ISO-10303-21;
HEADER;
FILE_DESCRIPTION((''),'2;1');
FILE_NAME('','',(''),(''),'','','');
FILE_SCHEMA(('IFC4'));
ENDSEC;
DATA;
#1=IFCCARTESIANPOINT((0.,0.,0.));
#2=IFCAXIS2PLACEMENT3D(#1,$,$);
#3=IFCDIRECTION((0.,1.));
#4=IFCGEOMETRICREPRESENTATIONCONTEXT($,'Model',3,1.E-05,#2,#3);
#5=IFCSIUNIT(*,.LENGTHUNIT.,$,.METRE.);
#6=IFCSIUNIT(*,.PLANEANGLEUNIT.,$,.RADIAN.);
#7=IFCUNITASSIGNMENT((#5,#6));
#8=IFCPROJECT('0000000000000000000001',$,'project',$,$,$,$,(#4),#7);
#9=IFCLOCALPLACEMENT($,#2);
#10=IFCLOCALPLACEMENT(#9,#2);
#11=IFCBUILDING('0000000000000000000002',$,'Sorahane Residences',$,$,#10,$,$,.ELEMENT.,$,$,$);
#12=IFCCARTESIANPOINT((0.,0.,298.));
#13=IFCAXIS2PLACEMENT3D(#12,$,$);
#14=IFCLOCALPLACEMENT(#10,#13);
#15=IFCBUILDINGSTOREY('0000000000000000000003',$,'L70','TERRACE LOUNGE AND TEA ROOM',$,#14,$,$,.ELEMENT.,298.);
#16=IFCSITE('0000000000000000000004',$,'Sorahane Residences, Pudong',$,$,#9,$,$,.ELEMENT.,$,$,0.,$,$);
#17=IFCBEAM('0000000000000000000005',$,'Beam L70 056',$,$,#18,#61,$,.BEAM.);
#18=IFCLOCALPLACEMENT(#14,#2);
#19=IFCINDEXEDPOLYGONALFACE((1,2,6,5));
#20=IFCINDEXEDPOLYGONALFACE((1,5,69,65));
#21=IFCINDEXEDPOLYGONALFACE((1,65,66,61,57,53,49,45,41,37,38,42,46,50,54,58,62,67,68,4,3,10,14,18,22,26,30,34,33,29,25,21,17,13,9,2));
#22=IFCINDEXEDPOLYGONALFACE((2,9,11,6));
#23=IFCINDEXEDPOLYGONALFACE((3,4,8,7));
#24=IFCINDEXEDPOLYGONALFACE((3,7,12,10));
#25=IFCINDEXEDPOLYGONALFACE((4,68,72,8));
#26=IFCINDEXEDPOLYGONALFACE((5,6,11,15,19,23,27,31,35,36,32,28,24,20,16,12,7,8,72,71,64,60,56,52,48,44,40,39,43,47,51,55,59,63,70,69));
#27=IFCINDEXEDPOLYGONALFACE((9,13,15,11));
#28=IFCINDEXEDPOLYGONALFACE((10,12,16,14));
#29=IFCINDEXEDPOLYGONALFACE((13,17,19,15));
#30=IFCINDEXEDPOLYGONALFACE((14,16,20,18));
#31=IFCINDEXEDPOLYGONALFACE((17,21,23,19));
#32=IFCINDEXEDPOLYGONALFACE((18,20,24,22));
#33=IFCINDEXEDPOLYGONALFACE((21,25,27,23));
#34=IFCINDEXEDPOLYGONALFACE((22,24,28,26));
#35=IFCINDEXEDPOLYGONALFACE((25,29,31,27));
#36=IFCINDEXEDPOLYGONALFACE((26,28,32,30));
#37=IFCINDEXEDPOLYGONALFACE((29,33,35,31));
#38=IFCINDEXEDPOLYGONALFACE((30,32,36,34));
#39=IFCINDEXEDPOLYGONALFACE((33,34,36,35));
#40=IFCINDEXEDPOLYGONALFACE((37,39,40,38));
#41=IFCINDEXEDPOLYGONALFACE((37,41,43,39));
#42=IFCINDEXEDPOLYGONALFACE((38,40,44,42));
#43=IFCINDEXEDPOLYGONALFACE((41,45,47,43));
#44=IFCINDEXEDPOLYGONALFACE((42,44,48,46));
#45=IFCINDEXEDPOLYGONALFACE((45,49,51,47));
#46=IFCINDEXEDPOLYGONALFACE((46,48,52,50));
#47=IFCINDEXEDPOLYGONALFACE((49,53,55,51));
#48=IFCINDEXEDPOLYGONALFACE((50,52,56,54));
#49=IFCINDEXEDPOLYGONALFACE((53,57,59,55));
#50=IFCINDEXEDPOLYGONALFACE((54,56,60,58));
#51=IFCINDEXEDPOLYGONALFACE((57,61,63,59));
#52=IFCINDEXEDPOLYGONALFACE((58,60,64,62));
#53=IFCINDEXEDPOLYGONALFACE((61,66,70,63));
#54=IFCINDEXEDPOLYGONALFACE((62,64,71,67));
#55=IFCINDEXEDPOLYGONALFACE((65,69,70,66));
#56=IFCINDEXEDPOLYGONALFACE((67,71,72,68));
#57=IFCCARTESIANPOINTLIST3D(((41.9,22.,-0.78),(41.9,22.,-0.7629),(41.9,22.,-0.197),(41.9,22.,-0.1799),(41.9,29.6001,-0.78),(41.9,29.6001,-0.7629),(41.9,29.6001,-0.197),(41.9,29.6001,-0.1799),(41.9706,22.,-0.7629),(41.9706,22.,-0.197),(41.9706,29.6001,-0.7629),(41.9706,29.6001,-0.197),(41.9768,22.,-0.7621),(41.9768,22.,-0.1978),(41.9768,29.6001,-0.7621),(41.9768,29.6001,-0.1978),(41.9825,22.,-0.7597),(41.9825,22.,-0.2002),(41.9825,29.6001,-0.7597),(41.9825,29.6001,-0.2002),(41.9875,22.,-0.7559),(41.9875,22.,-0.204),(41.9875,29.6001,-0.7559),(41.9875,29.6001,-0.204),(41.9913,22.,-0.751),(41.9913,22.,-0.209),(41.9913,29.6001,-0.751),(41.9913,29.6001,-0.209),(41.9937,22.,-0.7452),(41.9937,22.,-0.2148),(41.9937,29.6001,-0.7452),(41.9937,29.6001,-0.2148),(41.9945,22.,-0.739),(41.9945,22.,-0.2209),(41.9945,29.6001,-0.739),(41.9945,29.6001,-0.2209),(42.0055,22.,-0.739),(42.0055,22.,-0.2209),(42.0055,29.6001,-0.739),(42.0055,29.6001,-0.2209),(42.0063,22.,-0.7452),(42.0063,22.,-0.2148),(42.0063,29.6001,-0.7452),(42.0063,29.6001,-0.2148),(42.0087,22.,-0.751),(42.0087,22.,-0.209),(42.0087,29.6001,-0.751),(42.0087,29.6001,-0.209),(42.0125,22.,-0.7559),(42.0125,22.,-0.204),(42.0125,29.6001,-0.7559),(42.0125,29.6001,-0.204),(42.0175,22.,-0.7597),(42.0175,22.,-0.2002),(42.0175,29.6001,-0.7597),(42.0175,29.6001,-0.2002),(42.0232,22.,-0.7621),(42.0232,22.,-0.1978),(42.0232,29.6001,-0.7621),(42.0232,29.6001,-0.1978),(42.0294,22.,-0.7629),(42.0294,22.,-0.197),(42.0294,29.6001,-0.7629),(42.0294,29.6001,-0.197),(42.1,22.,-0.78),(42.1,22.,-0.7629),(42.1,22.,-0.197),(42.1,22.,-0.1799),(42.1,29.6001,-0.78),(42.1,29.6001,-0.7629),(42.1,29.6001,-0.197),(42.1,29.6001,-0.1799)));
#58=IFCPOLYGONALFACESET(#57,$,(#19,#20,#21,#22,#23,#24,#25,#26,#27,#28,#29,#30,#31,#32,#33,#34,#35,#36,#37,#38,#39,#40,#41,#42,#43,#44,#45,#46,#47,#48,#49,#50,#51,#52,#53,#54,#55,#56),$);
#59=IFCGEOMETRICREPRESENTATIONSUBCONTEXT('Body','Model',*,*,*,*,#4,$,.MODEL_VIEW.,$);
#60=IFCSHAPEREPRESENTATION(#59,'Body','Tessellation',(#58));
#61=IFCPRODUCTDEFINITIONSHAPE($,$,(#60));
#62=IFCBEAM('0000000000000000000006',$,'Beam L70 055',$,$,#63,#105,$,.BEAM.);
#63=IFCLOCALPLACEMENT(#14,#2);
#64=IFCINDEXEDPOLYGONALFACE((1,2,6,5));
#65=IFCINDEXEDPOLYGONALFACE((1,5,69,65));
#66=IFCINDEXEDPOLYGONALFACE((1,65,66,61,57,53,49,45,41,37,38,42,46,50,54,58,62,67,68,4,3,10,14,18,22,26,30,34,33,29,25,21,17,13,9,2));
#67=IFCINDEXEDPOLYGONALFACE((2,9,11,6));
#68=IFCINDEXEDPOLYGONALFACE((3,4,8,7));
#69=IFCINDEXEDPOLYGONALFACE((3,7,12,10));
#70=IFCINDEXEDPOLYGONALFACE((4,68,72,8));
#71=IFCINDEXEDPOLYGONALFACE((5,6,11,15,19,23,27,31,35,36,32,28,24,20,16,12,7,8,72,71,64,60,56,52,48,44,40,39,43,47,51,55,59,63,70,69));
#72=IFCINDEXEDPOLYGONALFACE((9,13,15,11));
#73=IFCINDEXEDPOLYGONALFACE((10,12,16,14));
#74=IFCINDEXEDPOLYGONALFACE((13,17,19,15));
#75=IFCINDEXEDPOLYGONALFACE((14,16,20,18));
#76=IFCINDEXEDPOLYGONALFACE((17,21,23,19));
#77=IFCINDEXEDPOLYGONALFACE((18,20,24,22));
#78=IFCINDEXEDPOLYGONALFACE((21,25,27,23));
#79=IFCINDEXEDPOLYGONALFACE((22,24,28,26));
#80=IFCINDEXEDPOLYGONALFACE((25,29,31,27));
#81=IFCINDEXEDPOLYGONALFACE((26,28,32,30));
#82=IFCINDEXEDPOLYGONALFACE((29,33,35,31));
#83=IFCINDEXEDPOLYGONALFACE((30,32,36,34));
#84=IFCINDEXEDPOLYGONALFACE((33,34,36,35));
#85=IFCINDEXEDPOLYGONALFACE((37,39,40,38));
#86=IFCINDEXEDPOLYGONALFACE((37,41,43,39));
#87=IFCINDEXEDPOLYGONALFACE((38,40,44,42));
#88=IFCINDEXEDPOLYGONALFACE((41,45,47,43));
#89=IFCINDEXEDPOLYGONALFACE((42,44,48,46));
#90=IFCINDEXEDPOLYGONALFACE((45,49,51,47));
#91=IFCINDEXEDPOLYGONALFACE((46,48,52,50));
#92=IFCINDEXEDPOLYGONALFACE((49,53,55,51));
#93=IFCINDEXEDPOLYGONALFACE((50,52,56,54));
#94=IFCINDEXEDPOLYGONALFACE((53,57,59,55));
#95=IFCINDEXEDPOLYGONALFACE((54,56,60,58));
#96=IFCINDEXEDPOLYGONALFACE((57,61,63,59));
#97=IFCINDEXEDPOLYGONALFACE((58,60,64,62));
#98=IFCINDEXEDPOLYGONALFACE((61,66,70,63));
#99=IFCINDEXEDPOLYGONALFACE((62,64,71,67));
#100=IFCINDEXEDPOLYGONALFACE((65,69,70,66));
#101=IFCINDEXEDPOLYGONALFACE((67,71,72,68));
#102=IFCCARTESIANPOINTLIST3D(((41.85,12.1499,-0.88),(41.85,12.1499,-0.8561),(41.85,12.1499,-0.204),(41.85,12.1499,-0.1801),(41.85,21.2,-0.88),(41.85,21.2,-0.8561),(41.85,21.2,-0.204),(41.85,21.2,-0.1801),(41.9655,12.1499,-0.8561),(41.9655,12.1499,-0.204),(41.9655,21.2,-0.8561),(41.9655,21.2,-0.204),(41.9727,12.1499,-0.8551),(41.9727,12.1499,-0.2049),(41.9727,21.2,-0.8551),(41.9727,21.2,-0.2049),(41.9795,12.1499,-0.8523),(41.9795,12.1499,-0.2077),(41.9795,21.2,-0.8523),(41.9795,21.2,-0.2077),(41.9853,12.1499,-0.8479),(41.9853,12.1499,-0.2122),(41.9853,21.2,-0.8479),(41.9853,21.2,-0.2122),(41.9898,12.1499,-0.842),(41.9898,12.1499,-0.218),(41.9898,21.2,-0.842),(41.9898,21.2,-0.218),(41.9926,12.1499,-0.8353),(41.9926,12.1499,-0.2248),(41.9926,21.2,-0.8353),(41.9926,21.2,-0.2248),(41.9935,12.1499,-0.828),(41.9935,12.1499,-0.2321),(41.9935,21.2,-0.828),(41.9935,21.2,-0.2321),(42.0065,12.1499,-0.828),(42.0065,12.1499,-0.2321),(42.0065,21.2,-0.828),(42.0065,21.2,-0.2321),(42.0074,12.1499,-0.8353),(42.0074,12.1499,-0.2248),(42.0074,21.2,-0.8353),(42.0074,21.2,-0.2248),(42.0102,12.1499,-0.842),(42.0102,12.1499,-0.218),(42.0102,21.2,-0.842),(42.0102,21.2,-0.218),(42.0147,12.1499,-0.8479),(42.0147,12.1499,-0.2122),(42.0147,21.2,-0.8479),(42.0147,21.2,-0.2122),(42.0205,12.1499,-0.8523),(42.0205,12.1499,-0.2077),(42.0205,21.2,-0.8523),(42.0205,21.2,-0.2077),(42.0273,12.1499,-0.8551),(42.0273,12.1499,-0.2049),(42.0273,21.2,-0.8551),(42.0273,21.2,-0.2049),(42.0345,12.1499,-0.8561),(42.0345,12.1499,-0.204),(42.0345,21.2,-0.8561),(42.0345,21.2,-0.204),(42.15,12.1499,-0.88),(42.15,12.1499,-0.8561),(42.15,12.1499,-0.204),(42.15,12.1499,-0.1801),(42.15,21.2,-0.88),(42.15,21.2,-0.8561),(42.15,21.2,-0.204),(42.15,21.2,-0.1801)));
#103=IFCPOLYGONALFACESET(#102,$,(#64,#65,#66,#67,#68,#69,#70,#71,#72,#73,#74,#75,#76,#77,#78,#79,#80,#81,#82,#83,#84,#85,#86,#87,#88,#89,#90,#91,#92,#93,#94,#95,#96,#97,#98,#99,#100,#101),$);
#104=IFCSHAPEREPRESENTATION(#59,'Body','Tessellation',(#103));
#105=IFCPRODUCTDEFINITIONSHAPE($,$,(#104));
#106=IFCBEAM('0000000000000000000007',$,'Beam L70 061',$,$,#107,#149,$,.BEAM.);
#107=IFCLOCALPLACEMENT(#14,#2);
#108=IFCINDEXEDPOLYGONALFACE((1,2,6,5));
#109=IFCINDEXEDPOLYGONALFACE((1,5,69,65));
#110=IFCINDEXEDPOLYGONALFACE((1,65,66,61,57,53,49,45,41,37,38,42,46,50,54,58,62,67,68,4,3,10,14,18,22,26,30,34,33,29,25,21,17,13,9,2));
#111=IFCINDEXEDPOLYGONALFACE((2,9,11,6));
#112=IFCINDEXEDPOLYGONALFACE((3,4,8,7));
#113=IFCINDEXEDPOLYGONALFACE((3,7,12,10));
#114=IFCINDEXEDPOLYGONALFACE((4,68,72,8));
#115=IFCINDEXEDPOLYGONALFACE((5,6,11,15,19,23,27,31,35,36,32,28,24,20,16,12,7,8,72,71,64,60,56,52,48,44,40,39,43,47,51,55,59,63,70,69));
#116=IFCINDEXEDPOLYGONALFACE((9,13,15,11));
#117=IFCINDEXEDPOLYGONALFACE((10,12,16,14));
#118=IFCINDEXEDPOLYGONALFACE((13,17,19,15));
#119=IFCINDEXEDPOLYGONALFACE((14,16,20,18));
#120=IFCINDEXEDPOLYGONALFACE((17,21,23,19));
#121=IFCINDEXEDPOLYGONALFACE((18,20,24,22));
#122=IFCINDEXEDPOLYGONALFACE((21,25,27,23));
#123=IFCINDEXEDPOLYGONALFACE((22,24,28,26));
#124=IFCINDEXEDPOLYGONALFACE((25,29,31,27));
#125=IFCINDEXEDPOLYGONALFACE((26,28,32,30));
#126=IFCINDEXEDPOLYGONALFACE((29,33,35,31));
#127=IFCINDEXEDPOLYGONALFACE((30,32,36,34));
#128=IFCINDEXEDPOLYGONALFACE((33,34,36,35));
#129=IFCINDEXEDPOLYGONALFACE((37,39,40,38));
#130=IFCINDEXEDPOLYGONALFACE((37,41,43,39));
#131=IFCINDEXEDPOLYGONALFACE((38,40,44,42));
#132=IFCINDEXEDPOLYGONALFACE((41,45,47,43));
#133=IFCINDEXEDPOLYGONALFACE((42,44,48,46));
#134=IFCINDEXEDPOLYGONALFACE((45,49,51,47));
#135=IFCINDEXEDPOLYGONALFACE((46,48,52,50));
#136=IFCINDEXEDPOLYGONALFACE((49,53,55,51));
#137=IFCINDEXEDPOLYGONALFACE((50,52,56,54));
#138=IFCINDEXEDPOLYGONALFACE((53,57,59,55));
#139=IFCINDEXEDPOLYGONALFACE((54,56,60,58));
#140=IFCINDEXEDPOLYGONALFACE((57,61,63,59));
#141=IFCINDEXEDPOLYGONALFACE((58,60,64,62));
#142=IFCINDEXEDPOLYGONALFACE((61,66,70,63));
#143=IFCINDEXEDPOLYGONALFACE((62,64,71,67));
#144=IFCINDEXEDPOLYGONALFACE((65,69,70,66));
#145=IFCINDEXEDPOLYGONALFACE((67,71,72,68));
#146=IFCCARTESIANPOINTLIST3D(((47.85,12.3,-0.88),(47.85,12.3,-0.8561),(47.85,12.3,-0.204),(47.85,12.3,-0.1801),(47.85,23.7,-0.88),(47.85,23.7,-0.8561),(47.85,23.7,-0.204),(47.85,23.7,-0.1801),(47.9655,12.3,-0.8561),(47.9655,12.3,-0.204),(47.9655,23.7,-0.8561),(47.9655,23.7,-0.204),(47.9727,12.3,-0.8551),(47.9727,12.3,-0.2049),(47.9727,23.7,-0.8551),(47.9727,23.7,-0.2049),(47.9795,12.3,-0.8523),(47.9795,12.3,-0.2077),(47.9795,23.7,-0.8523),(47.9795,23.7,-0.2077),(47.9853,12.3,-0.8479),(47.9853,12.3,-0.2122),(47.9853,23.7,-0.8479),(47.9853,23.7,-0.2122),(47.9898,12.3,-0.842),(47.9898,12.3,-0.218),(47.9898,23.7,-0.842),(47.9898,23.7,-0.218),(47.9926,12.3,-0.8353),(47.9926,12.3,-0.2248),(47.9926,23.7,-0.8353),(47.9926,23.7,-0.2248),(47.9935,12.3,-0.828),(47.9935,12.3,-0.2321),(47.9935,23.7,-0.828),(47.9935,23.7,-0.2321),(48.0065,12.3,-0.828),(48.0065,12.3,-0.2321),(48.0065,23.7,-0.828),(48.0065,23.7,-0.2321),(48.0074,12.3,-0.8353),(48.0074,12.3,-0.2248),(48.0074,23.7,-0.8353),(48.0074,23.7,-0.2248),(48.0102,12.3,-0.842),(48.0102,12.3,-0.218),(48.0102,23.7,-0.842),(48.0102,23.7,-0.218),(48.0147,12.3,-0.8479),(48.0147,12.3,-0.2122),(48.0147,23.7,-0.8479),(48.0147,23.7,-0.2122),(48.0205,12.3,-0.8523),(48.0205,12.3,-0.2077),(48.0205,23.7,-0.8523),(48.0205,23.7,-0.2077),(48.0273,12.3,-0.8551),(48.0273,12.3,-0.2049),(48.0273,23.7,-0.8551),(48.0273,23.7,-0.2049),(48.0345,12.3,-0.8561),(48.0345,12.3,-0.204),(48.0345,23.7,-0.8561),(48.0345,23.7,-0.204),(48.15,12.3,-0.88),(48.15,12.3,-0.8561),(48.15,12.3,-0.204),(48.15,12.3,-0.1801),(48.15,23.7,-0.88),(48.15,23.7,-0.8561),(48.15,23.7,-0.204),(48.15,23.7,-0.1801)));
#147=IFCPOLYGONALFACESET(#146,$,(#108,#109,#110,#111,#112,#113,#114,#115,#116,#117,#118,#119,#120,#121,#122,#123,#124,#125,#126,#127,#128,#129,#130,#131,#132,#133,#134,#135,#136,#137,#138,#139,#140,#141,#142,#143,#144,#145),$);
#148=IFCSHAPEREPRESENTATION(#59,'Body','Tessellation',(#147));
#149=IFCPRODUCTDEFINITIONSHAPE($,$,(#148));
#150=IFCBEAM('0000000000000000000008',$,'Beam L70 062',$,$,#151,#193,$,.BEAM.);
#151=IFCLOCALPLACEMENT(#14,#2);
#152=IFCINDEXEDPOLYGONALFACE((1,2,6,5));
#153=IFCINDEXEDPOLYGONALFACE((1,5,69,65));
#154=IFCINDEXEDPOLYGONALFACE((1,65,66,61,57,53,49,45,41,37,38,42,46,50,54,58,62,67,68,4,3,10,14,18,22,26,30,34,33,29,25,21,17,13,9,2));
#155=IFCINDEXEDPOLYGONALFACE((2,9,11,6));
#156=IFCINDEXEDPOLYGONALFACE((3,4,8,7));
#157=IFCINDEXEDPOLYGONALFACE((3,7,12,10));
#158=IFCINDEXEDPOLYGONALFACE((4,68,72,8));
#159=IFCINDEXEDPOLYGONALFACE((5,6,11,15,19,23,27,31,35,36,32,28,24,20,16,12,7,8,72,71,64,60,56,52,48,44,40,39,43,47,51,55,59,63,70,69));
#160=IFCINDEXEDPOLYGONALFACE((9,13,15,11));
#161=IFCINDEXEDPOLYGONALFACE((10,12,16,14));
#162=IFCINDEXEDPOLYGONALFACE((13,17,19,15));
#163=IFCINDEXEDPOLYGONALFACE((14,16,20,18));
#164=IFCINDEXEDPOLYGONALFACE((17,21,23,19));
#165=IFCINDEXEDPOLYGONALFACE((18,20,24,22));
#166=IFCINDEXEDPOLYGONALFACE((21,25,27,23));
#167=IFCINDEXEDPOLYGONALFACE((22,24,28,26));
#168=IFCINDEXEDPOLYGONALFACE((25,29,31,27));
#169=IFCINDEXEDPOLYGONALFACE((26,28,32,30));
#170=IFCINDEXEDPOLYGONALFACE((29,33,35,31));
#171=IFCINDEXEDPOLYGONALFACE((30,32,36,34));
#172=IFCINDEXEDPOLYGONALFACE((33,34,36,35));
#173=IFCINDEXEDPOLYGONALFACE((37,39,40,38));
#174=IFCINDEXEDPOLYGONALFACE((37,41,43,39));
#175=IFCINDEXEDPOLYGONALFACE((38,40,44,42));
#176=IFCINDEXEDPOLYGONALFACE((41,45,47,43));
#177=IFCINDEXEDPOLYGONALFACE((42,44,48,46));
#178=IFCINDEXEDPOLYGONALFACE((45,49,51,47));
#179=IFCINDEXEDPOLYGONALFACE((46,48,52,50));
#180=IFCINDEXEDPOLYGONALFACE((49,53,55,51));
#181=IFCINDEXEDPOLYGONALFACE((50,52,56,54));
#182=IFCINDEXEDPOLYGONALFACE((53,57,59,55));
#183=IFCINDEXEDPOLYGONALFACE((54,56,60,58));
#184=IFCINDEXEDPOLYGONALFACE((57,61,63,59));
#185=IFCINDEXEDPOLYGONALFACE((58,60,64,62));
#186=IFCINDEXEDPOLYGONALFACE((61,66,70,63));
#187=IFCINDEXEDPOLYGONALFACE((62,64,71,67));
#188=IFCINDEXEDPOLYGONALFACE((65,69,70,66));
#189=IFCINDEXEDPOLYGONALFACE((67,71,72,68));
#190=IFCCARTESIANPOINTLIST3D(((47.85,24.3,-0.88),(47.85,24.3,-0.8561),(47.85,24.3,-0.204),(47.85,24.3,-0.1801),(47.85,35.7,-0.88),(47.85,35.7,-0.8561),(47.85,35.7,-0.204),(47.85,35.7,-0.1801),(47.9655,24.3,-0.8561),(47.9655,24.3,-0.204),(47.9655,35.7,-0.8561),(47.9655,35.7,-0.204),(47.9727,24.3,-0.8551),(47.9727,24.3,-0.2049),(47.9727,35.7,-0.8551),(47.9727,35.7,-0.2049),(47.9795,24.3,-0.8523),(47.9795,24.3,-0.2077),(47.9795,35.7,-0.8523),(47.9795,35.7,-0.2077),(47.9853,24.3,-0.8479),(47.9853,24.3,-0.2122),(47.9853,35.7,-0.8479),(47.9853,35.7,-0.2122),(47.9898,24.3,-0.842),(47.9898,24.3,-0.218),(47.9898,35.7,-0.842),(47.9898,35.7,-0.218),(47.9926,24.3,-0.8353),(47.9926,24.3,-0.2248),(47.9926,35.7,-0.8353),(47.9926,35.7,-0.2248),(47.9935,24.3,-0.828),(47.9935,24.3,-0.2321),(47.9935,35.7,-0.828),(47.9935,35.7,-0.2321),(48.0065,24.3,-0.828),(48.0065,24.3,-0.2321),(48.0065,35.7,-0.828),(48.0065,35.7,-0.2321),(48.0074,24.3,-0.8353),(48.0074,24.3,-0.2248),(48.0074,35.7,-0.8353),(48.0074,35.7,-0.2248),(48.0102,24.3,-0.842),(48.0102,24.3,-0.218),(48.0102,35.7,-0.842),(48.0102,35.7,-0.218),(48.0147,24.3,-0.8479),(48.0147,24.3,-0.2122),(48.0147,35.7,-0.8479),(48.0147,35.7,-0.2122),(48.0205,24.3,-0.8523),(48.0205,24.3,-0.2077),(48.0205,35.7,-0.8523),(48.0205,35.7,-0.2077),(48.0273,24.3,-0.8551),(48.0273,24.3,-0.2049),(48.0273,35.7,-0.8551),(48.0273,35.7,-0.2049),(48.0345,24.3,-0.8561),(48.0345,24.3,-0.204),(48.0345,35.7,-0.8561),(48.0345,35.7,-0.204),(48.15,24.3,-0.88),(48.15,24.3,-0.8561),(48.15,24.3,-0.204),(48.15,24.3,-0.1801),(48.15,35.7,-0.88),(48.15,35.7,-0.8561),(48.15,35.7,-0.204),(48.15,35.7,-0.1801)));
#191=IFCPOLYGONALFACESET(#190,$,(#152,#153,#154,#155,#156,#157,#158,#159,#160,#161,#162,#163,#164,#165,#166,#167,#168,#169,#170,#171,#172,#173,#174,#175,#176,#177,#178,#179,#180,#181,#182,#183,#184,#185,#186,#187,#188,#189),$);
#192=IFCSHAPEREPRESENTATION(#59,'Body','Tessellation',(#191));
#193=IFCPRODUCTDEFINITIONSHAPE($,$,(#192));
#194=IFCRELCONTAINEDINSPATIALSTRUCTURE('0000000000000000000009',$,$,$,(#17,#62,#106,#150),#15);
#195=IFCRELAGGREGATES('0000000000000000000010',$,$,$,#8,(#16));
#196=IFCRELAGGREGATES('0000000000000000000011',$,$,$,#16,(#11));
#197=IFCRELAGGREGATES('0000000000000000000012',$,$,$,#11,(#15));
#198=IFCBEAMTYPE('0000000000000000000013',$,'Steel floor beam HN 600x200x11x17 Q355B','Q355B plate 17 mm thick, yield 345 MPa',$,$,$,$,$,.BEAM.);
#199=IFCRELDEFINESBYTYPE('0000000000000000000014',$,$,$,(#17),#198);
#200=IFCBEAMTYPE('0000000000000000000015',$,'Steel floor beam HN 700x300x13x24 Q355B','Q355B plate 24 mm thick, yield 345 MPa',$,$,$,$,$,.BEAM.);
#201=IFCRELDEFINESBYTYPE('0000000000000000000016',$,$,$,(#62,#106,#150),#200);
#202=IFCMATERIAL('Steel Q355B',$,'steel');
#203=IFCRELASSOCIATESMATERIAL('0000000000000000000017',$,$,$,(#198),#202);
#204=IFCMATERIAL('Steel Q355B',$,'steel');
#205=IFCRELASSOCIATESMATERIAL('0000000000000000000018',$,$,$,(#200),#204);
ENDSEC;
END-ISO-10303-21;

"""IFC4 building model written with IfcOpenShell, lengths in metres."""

from ifc_helpers import new_model, si_unit, direction, frame, origin, origin_2d, place, context, subcontext, project, spatial, i_section, extrude, material, material_profile, profile_set, type_object, element, save


model = new_model("IFC4")

# Units and contexts
model_context = context("Model", 3, precision=1e-05, world=origin(), true_north=direction((0.0, 1.0)))
body_context = subcontext(model_context, "Body", "Model", "MODEL_VIEW")
ifc_project = project(units=[si_unit("LENGTHUNIT", "METRE"), si_unit("PLANEANGLEUNIT", "RADIAN")], contexts=[model_context])

# Site, building, storey
site_placement = place(None, origin())
site = spatial("IfcSite", under=ifc_project, at=site_placement, Name="Sorahane Residences, Pudong", CompositionType="ELEMENT", RefElevation=0.0)
building_placement = place(site_placement, origin())
building = spatial("IfcBuilding", under=site, at=building_placement, Name="Sorahane Residences", CompositionType="ELEMENT")
storey_placement = place(building_placement, frame((0.0, 0.0, 298.0)))
storey = spatial("IfcBuildingStorey", under=building, at=storey_placement, Name="L70", Description="TERRACE LOUNGE AND TEA ROOM", CompositionType="ELEMENT", Elevation=298.0)

# Beams
ifc_material_1 = material(Name="Steel Q355B", Category="steel")
ifc_material_profile_1 = material_profile(ifc_material_1, i_section(OverallWidth=0.2, OverallDepth=0.6001, WebThickness=0.011, FlangeThickness=0.0171, FilletRadius=0.0239, at=origin_2d()), Name="HN 600x200x11x17")
ifc_profile_set_1 = profile_set([ifc_material_profile_1], Name="Steel Q355B")
beam_type_1 = type_object("IfcBeamType", Name="Steel floor beam HN 600x200x11x17 Q355B", Description="Q355B plate 17 mm thick, yield 345 MPa", PredefinedType="BEAM", material=ifc_profile_set_1)
beam_1_placement = place(storey_placement, frame((42.0, 22.0, -0.48), z_axis=(0.0, 1.0, 0.0), x_axis=(-1.0, 0.0, 0.0)))
element("IfcBeam", 1, at=beam_1_placement, inside=storey, type_object=beam_type_1, Name="Beam L70 056", PredefinedType="BEAM", context=body_context, shape_type="SweptSolid", body=[
    extrude(i_section(OverallWidth=0.2, OverallDepth=0.6001, WebThickness=0.011, FlangeThickness=0.0171, FilletRadius=0.0239, at=origin_2d()), origin(), (0.0, 0.0, 1.0), 7.6001),
])
ifc_material_2 = material(Name="Steel Q355B", Category="steel")
ifc_material_profile_2 = material_profile(ifc_material_2, i_section(OverallWidth=0.3, OverallDepth=0.7, WebThickness=0.0129, FlangeThickness=0.0239, FilletRadius=0.0281, at=origin_2d()), Name="HN 700x300x13x24")
ifc_profile_set_2 = profile_set([ifc_material_profile_2], Name="Steel Q355B")
beam_type_2 = type_object("IfcBeamType", Name="Steel floor beam HN 700x300x13x24 Q355B", Description="Q355B plate 24 mm thick, yield 345 MPa", PredefinedType="BEAM", material=ifc_profile_set_2)
beam_2_placement = place(storey_placement, frame((42.0, 12.1499, -0.53), z_axis=(0.0, 1.0, 0.0), x_axis=(-1.0, 0.0, 0.0)))
element("IfcBeam", 2, at=beam_2_placement, inside=storey, type_object=beam_type_2, Name="Beam L70 055", PredefinedType="BEAM", context=body_context, shape_type="SweptSolid", body=[
    extrude(i_section(OverallWidth=0.3, OverallDepth=0.7, WebThickness=0.0129, FlangeThickness=0.0239, FilletRadius=0.0281, at=origin_2d()), origin(), (0.0, 0.0, 1.0), 9.05),
])
for number, where, z_axis, x_axis, name in (
    (3, (48.0, 12.3, -0.53), (0.0, 1.0, 0.0), (-1.0, 0.0, 0.0), "Beam L70 061"),
    (4, (48.0, 24.3, -0.53), (0.0, 1.0, 0.0), (-1.0, 0.0, 0.0), "Beam L70 062"),
):
    element("IfcBeam", number, at=place(storey_placement, frame(where, z_axis=z_axis, x_axis=x_axis)), inside=storey, type_object=beam_type_2, Name=name, PredefinedType="BEAM", context=body_context, shape_type="SweptSolid", body=[
        extrude(i_section(OverallWidth=0.3, OverallDepth=0.7, WebThickness=0.0129, FlangeThickness=0.0239, FilletRadius=0.0281, at=origin_2d()), origin(), (0.0, 0.0, 1.0), 11.3999),
    ])

save(model, "model.ifc")
